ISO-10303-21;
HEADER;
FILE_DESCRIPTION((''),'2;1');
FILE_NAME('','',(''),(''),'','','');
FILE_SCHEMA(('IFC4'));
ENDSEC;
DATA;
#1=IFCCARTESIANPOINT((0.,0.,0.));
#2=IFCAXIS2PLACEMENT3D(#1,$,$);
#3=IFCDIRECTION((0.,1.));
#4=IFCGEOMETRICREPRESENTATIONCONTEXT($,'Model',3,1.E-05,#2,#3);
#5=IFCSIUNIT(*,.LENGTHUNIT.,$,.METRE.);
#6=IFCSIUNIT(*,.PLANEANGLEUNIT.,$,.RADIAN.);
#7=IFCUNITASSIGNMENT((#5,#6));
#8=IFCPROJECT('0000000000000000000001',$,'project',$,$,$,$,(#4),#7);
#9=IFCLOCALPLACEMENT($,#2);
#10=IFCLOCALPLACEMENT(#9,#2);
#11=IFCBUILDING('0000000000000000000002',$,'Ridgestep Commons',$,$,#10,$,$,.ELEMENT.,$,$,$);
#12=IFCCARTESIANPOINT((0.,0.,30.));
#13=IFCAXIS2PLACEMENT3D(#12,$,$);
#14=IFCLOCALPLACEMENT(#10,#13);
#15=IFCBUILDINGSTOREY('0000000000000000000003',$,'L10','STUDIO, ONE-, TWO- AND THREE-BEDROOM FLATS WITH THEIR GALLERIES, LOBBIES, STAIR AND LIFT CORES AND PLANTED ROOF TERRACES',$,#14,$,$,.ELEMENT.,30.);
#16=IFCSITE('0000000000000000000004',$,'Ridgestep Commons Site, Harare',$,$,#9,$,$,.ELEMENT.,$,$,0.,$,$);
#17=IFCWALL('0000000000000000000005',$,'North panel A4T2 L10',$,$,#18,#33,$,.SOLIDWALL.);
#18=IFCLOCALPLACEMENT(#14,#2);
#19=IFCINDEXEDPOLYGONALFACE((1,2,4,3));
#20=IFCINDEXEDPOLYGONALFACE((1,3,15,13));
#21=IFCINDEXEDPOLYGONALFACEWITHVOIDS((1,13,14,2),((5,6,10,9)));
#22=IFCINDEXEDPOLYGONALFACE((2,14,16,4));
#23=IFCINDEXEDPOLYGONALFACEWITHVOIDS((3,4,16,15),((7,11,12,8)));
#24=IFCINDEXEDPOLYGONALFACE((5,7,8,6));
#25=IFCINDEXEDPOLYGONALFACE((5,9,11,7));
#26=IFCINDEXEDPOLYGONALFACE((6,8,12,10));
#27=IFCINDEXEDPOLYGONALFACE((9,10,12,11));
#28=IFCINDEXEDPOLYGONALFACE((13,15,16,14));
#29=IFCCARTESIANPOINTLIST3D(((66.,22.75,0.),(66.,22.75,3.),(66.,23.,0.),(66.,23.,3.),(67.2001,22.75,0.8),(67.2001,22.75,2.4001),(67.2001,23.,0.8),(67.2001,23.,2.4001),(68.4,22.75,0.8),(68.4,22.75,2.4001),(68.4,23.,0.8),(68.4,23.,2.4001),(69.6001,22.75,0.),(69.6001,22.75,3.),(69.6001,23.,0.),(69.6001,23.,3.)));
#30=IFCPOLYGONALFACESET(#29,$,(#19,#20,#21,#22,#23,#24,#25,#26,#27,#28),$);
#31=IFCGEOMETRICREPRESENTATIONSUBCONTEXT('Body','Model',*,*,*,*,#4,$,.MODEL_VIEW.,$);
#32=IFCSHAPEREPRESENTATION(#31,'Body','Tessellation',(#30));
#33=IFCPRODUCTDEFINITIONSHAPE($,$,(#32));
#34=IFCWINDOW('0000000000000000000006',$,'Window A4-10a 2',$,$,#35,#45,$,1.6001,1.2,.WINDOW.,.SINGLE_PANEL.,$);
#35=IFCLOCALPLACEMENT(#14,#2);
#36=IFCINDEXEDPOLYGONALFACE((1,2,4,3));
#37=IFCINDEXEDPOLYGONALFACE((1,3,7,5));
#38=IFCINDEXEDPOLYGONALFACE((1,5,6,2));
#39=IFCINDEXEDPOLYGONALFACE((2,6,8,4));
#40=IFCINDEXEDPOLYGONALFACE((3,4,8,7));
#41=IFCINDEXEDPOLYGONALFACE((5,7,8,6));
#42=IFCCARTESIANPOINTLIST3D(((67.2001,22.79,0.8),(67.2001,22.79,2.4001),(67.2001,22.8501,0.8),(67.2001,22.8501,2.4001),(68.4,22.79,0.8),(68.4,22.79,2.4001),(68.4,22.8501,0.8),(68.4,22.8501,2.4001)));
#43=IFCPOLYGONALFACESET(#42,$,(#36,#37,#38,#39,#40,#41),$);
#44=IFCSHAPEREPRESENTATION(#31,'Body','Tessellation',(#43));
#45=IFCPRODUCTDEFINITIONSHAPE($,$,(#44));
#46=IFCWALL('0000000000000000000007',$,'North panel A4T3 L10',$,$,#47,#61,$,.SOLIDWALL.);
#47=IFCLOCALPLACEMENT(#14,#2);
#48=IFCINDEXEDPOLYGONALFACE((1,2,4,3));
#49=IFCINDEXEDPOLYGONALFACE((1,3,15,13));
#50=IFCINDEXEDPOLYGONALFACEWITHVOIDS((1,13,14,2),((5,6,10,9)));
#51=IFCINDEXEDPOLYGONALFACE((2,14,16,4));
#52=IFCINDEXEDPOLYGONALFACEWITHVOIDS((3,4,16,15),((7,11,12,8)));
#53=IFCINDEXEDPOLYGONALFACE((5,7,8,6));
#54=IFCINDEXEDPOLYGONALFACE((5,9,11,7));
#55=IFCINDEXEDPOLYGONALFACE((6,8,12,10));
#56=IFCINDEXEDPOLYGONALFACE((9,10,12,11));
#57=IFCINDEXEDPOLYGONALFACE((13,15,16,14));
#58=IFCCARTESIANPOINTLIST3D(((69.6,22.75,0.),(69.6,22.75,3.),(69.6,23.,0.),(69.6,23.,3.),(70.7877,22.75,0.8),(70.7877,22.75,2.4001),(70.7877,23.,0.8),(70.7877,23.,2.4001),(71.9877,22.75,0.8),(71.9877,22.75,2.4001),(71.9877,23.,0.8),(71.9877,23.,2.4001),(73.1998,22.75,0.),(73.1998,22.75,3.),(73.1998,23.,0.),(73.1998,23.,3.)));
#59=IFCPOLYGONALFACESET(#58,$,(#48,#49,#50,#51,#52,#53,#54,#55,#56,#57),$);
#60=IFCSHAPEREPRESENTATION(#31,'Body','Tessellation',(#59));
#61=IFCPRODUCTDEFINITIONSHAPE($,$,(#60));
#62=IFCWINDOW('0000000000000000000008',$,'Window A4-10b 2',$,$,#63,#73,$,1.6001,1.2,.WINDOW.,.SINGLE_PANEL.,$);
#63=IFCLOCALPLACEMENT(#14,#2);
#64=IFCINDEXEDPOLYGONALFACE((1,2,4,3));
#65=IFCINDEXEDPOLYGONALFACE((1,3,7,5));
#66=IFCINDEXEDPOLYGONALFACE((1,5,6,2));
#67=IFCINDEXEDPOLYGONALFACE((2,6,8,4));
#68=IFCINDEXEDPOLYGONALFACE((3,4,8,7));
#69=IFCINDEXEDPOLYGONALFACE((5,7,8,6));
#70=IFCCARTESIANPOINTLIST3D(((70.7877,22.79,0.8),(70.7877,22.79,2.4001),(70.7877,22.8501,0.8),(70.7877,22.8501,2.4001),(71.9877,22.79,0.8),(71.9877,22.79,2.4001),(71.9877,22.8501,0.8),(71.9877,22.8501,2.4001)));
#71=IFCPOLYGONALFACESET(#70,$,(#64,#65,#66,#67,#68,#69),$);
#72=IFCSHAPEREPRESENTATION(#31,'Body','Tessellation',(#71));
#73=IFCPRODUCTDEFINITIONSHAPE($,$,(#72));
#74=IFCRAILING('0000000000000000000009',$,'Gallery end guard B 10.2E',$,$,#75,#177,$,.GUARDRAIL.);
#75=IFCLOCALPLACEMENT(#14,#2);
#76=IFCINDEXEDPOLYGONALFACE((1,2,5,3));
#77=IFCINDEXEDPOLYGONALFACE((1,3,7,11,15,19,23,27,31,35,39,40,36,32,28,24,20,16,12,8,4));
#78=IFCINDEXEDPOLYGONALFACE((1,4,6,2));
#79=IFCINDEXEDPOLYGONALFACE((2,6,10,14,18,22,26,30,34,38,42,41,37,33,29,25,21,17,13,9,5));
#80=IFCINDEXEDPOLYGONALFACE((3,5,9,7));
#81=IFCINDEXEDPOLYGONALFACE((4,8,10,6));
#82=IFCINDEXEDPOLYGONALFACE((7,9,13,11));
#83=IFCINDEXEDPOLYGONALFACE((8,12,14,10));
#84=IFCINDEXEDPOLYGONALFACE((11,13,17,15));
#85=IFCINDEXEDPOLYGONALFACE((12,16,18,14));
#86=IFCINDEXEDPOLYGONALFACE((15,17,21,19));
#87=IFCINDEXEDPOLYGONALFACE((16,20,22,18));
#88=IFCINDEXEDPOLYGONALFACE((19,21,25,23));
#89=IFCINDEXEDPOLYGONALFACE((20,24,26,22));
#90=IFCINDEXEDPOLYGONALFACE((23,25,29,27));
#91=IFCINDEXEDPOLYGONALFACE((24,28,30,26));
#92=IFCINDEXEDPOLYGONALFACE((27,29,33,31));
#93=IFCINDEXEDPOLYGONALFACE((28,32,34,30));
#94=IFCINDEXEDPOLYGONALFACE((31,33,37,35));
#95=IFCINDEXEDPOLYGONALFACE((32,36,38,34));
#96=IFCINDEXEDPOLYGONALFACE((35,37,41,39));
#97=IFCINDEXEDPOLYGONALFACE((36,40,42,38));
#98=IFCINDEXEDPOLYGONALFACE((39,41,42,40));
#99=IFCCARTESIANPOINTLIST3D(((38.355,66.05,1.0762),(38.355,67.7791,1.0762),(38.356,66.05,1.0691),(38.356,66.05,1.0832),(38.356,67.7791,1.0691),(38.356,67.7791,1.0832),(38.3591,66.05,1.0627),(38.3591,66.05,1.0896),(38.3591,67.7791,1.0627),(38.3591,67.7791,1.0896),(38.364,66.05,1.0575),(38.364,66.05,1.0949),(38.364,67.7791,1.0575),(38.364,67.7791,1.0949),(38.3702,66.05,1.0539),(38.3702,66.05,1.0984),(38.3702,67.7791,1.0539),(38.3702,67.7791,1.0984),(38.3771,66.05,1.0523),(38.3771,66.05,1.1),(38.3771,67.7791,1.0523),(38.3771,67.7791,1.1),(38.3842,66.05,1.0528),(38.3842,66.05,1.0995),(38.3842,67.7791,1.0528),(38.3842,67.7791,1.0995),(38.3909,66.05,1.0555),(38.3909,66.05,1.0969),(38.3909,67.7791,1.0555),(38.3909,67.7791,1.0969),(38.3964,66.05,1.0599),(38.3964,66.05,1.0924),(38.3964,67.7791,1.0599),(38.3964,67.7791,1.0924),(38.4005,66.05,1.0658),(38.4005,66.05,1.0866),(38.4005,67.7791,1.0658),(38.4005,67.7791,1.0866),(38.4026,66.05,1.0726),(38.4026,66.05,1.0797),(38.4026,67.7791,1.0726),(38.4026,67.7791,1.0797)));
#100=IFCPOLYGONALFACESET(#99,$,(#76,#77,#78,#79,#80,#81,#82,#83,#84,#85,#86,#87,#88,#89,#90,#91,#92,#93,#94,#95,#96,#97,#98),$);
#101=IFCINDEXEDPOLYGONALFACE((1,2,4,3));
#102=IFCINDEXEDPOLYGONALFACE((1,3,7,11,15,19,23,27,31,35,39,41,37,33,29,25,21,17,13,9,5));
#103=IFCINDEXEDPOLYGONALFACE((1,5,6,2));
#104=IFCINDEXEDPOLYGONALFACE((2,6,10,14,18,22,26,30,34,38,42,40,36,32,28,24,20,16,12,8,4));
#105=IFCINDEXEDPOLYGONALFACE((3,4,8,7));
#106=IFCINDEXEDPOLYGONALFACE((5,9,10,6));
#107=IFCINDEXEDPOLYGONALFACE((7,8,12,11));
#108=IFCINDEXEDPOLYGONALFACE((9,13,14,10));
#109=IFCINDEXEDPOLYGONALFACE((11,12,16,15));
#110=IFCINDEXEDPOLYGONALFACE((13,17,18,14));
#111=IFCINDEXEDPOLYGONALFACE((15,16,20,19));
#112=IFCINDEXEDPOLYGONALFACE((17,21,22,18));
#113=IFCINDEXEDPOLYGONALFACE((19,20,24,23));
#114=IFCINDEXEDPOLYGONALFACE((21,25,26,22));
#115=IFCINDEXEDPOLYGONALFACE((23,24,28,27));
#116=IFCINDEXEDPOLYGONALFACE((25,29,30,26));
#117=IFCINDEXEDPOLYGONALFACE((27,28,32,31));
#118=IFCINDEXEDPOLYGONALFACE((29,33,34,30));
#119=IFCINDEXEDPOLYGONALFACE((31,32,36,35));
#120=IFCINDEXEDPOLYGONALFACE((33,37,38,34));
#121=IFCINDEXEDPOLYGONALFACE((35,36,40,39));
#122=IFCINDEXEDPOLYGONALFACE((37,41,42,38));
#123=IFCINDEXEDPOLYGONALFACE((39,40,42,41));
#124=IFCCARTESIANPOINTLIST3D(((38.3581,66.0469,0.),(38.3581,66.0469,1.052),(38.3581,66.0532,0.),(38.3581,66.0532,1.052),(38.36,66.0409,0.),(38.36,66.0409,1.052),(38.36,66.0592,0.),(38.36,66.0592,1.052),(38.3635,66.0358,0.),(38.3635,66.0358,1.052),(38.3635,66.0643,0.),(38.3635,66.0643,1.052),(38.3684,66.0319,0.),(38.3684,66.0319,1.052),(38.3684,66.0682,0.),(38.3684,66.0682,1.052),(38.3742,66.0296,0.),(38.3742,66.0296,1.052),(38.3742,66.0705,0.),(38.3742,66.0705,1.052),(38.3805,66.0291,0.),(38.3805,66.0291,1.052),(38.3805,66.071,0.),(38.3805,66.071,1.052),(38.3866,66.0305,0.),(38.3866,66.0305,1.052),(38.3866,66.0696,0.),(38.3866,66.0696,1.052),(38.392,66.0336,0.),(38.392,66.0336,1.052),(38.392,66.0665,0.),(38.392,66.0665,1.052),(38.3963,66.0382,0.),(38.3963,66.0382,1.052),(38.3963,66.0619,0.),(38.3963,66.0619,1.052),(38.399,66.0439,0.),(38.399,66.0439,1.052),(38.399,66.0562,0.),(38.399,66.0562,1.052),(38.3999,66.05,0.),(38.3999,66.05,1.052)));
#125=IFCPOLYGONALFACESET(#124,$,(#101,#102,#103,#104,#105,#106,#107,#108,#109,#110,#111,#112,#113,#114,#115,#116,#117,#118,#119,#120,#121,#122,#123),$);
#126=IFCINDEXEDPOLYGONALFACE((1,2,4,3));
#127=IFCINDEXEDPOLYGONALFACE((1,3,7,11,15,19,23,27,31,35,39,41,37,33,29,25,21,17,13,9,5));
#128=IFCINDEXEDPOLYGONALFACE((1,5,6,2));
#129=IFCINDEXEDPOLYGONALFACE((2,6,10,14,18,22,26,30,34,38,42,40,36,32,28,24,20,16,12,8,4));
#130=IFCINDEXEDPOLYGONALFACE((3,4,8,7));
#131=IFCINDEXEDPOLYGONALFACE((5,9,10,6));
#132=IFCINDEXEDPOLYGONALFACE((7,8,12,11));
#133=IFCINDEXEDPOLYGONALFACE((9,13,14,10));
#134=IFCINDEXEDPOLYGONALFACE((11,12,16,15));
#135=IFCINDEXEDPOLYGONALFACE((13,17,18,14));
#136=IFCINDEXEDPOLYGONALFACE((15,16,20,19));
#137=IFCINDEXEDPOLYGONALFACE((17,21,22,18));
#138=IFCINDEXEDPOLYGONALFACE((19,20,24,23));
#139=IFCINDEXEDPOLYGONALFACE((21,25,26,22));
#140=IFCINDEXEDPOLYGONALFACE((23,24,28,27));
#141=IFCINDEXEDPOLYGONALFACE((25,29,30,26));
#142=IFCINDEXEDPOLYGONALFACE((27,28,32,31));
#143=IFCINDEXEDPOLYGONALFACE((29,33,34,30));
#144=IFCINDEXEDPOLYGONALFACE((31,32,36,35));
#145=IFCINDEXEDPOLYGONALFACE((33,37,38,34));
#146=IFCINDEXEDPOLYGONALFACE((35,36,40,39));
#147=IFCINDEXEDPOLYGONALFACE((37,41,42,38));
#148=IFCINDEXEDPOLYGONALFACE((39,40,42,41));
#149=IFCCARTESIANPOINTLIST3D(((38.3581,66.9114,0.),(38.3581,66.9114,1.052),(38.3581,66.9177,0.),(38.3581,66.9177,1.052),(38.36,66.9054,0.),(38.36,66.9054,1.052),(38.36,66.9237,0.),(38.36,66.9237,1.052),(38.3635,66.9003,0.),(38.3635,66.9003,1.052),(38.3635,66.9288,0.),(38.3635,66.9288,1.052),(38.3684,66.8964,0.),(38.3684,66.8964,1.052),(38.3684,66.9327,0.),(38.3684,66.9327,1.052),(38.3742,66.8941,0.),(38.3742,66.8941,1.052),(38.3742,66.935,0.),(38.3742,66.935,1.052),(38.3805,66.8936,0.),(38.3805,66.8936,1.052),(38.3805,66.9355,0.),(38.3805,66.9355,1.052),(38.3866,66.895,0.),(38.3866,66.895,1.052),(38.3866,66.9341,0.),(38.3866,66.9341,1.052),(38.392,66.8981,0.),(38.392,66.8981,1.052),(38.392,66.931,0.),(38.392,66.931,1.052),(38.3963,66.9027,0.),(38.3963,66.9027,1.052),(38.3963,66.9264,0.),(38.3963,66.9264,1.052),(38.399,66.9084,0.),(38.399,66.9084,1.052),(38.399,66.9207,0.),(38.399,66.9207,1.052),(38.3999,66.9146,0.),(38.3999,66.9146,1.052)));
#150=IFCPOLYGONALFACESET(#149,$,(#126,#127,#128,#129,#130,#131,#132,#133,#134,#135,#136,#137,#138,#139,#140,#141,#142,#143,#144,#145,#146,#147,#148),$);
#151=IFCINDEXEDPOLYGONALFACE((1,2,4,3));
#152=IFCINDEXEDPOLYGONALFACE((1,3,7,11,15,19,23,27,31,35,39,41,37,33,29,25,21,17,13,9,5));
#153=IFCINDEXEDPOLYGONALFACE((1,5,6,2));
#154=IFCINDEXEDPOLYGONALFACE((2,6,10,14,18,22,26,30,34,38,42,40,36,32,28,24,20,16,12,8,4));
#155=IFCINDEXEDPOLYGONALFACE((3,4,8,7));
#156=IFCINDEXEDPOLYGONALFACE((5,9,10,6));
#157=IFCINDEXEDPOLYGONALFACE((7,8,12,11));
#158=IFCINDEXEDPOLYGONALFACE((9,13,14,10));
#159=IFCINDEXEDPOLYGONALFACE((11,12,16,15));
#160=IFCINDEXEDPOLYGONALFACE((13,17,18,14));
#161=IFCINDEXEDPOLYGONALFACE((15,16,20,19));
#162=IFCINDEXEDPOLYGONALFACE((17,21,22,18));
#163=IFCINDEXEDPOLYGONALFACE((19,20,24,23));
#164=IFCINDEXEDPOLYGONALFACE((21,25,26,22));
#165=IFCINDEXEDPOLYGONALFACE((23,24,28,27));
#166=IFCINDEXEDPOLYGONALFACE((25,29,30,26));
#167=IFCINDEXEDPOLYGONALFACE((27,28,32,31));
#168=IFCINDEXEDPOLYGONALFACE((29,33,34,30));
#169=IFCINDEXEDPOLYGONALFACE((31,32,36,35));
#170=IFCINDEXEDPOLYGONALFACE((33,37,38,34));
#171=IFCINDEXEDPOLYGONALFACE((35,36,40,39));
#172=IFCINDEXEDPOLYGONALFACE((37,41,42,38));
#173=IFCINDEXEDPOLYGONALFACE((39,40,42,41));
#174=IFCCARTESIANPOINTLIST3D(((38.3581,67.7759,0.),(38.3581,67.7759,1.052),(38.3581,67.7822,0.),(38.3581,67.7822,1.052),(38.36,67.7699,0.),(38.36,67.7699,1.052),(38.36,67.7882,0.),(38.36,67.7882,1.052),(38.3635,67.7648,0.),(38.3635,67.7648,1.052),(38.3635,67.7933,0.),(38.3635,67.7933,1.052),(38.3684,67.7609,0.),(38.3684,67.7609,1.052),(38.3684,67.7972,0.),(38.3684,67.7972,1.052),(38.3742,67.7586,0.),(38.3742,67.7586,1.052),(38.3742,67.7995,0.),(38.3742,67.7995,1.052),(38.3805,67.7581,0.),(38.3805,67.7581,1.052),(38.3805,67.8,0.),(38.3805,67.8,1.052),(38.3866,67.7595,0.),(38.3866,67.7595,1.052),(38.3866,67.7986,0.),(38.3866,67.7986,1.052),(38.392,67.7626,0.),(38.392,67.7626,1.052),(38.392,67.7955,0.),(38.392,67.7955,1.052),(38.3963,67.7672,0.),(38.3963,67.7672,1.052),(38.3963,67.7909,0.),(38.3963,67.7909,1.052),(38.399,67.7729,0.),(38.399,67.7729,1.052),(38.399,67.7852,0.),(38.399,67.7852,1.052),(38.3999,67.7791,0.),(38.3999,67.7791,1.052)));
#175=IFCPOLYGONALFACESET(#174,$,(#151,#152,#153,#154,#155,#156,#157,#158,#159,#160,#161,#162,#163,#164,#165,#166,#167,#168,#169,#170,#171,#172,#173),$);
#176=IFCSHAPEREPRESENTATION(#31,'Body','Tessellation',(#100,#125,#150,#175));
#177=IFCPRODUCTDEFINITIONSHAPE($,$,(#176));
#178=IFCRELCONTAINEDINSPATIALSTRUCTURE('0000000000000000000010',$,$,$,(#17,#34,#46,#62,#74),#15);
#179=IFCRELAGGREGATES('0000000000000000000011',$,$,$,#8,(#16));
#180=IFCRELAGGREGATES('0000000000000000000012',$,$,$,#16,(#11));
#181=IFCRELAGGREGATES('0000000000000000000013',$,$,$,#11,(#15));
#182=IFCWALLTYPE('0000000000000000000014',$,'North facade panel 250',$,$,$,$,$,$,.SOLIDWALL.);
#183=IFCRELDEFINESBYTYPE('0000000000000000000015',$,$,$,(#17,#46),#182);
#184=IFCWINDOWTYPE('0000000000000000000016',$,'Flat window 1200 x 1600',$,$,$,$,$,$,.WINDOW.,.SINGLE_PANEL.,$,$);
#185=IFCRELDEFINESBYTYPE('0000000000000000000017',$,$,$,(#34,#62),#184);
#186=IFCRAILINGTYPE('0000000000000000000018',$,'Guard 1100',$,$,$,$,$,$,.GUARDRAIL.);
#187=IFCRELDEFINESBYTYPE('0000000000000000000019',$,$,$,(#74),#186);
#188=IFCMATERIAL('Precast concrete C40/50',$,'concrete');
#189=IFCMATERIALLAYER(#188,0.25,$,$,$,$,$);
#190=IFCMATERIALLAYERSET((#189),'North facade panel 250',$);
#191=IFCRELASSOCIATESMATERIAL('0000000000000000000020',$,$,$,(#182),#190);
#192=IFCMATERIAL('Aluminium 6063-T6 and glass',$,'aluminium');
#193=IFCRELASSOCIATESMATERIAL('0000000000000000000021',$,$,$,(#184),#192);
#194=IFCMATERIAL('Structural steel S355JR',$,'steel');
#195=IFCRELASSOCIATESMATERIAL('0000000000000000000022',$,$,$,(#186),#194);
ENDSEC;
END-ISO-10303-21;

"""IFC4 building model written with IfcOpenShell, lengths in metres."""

from ifc_helpers import new_model, si_unit, direction, frame, frame_2d, origin, origin_2d, place, context, subcontext, project, spatial, rectangle, circle, extrude, material, layer, layer_set, type_object, element, fill, save


model = new_model("IFC4")

# Units and contexts
model_context = context("Model", 3, precision=1e-05, world=origin(), true_north=direction((0.0, 1.0)))
body_context = subcontext(model_context, "Body", "Model", "MODEL_VIEW")
ifc_project = project(units=[si_unit("LENGTHUNIT", "METRE"), si_unit("PLANEANGLEUNIT", "RADIAN")], contexts=[model_context])

# Site, building, storey
site_placement = place(None, origin())
site = spatial("IfcSite", under=ifc_project, at=site_placement, Name="Ridgestep Commons Site, Harare", CompositionType="ELEMENT", RefElevation=0.0)
building_placement = place(site_placement, origin())
building = spatial("IfcBuilding", under=site, at=building_placement, Name="Ridgestep Commons", CompositionType="ELEMENT")
storey_placement = place(building_placement, frame((0.0, 0.0, 30.0)))
storey = spatial("IfcBuildingStorey", under=building, at=storey_placement, Name="L10", Description="STUDIO, ONE-, TWO- AND THREE-BEDROOM FLATS WITH THEIR GALLERIES, LOBBIES, STAIR AND LIFT CORES AND PLANTED ROOF TERRACES", CompositionType="ELEMENT", Elevation=30.0)

# Walls, openings, windows
ifc_material_1 = material(Name="Precast concrete C40/50", Category="concrete")
ifc_layer_1 = layer(ifc_material_1, 0.25)
ifc_layer_set_1 = layer_set([ifc_layer_1], Name="North facade panel 250")
wall_type = type_object("IfcWallType", Name="North facade panel 250", PredefinedType="SOLIDWALL", material=ifc_layer_set_1)
wall_1_placement = place(storey_placement, frame((66.0, 22.875, 0.0), z_axis=(0.0, 0.0, 1.0), x_axis=(1.0, 0.0, 0.0)))
wall_1 = element("IfcWall", 1, at=wall_1_placement, inside=storey, type_object=wall_type, Name="North panel A4T2 L10", PredefinedType="SOLIDWALL", context=body_context, shape_type="SweptSolid", body=[
    extrude(rectangle(XDim=3.6001, YDim=0.25, at=frame_2d((1.8, 0.0))), origin(), (0.0, 0.0, 1.0), 3.0),
])
opening_1_placement = place(wall_1_placement, frame((1.2, 0.0, 0.8)))
opening_1 = element("IfcOpeningElement", 2, at=opening_1_placement, cuts=wall_1, PredefinedType="OPENING", context=body_context, shape_type="SweptSolid", body=[
    extrude(rectangle(XDim=1.2, YDim=1.6001, at=frame_2d((0.6001, 0.8))), frame((0.0, 0.135, 0.0), z_axis=(0.0, -1.0, 0.0), x_axis=(1.0, 0.0, 0.0)), (0.0, 0.0, 1.0), 0.27),
])
ifc_material_2 = material(Name="Aluminium 6063-T6 and glass", Category="aluminium")
window_type = type_object("IfcWindowType", Name="Flat window 1200 x 1600", PartitioningType="SINGLE_PANEL", PredefinedType="WINDOW", material=ifc_material_2)
window_1_placement = place(opening_1_placement, origin())
window_1 = element("IfcWindow", 3, at=window_1_placement, inside=storey, type_object=window_type, Name="Window A4-10a 2", OverallHeight=1.6001, OverallWidth=1.2, PartitioningType="SINGLE_PANEL", PredefinedType="WINDOW", context=body_context, shape_type="SweptSolid", body=[
    extrude(rectangle(XDim=1.2, YDim=1.6001, at=frame_2d((0.6001, 0.8))), frame((0.0, -0.0249, 0.0), z_axis=(0.0, -1.0, 0.0), x_axis=(1.0, 0.0, 0.0)), (0.0, 0.0, 1.0), 0.0601),
])
fill(opening_1, window_1)
wall_2_placement = place(storey_placement, frame((69.6001, 22.875, 0.0), z_axis=(0.0, 0.0, 1.0), x_axis=(1.0, 0.0, 0.0)))
wall_2 = element("IfcWall", 4, at=wall_2_placement, inside=storey, type_object=wall_type, Name="North panel A4T3 L10", PredefinedType="SOLIDWALL", context=body_context, shape_type="SweptSolid", body=[
    extrude(rectangle(XDim=3.5999, YDim=0.25, at=frame_2d((1.7998, 0.0))), origin(), (0.0, 0.0, 1.0), 3.0),
])
opening_2_placement = place(wall_2_placement, frame((1.1875, 0.0, 0.8)))
opening_2 = element("IfcOpeningElement", 5, at=opening_2_placement, cuts=wall_2, PredefinedType="OPENING", context=body_context, shape_type="SweptSolid", body=[
    extrude(rectangle(XDim=1.2, YDim=1.6001, at=frame_2d((0.6001, 0.8))), frame((0.0, 0.135, 0.0), z_axis=(0.0, -1.0, 0.0), x_axis=(1.0, 0.0, 0.0)), (0.0, 0.0, 1.0), 0.27),
])
window_2_placement = place(opening_2_placement, origin())
window_2 = element("IfcWindow", 6, at=window_2_placement, inside=storey, type_object=window_type, Name="Window A4-10b 2", OverallHeight=1.6001, OverallWidth=1.2, PartitioningType="SINGLE_PANEL", PredefinedType="WINDOW", context=body_context, shape_type="SweptSolid", body=[
    extrude(rectangle(XDim=1.2, YDim=1.6001, at=frame_2d((0.6001, 0.8))), frame((0.0, -0.0249, 0.0), z_axis=(0.0, -1.0, 0.0), x_axis=(1.0, 0.0, 0.0)), (0.0, 0.0, 1.0), 0.0601),
])
fill(opening_2, window_2)

# Railing
ifc_material_3 = material(Name="Structural steel S355JR", Category="steel")
railing_type = type_object("IfcRailingType", Name="Guard 1100", PredefinedType="GUARDRAIL", material=ifc_material_3)
railing_1_placement = place(storey_placement, frame((38.3789, 66.05, 0.0)))
element("IfcRailing", 7, at=railing_1_placement, inside=storey, type_object=railing_type, Name="Gallery end guard B 10.2E", PredefinedType="GUARDRAIL", context=body_context, shape_type="SweptSolid", body=[
    extrude(circle(Radius=0.0239, at=origin_2d()), frame((0.0, 0.0, 1.0762), z_axis=(0.0, 1.0, 0.0), x_axis=(-1.0, 0.0, 0.0)), (0.0, 0.0, 1.0), 1.729),
    extrude(circle(Radius=0.021, at=origin_2d()), origin(), (0.0, 0.0, 1.0), 1.052),
    extrude(circle(Radius=0.021, at=origin_2d()), frame((0.0, 0.8645, 0.0)), (0.0, 0.0, 1.0), 1.052),
    extrude(circle(Radius=0.021, at=origin_2d()), frame((0.0, 1.729, 0.0)), (0.0, 0.0, 1.0), 1.052),
])

save(model, "model.ifc")
